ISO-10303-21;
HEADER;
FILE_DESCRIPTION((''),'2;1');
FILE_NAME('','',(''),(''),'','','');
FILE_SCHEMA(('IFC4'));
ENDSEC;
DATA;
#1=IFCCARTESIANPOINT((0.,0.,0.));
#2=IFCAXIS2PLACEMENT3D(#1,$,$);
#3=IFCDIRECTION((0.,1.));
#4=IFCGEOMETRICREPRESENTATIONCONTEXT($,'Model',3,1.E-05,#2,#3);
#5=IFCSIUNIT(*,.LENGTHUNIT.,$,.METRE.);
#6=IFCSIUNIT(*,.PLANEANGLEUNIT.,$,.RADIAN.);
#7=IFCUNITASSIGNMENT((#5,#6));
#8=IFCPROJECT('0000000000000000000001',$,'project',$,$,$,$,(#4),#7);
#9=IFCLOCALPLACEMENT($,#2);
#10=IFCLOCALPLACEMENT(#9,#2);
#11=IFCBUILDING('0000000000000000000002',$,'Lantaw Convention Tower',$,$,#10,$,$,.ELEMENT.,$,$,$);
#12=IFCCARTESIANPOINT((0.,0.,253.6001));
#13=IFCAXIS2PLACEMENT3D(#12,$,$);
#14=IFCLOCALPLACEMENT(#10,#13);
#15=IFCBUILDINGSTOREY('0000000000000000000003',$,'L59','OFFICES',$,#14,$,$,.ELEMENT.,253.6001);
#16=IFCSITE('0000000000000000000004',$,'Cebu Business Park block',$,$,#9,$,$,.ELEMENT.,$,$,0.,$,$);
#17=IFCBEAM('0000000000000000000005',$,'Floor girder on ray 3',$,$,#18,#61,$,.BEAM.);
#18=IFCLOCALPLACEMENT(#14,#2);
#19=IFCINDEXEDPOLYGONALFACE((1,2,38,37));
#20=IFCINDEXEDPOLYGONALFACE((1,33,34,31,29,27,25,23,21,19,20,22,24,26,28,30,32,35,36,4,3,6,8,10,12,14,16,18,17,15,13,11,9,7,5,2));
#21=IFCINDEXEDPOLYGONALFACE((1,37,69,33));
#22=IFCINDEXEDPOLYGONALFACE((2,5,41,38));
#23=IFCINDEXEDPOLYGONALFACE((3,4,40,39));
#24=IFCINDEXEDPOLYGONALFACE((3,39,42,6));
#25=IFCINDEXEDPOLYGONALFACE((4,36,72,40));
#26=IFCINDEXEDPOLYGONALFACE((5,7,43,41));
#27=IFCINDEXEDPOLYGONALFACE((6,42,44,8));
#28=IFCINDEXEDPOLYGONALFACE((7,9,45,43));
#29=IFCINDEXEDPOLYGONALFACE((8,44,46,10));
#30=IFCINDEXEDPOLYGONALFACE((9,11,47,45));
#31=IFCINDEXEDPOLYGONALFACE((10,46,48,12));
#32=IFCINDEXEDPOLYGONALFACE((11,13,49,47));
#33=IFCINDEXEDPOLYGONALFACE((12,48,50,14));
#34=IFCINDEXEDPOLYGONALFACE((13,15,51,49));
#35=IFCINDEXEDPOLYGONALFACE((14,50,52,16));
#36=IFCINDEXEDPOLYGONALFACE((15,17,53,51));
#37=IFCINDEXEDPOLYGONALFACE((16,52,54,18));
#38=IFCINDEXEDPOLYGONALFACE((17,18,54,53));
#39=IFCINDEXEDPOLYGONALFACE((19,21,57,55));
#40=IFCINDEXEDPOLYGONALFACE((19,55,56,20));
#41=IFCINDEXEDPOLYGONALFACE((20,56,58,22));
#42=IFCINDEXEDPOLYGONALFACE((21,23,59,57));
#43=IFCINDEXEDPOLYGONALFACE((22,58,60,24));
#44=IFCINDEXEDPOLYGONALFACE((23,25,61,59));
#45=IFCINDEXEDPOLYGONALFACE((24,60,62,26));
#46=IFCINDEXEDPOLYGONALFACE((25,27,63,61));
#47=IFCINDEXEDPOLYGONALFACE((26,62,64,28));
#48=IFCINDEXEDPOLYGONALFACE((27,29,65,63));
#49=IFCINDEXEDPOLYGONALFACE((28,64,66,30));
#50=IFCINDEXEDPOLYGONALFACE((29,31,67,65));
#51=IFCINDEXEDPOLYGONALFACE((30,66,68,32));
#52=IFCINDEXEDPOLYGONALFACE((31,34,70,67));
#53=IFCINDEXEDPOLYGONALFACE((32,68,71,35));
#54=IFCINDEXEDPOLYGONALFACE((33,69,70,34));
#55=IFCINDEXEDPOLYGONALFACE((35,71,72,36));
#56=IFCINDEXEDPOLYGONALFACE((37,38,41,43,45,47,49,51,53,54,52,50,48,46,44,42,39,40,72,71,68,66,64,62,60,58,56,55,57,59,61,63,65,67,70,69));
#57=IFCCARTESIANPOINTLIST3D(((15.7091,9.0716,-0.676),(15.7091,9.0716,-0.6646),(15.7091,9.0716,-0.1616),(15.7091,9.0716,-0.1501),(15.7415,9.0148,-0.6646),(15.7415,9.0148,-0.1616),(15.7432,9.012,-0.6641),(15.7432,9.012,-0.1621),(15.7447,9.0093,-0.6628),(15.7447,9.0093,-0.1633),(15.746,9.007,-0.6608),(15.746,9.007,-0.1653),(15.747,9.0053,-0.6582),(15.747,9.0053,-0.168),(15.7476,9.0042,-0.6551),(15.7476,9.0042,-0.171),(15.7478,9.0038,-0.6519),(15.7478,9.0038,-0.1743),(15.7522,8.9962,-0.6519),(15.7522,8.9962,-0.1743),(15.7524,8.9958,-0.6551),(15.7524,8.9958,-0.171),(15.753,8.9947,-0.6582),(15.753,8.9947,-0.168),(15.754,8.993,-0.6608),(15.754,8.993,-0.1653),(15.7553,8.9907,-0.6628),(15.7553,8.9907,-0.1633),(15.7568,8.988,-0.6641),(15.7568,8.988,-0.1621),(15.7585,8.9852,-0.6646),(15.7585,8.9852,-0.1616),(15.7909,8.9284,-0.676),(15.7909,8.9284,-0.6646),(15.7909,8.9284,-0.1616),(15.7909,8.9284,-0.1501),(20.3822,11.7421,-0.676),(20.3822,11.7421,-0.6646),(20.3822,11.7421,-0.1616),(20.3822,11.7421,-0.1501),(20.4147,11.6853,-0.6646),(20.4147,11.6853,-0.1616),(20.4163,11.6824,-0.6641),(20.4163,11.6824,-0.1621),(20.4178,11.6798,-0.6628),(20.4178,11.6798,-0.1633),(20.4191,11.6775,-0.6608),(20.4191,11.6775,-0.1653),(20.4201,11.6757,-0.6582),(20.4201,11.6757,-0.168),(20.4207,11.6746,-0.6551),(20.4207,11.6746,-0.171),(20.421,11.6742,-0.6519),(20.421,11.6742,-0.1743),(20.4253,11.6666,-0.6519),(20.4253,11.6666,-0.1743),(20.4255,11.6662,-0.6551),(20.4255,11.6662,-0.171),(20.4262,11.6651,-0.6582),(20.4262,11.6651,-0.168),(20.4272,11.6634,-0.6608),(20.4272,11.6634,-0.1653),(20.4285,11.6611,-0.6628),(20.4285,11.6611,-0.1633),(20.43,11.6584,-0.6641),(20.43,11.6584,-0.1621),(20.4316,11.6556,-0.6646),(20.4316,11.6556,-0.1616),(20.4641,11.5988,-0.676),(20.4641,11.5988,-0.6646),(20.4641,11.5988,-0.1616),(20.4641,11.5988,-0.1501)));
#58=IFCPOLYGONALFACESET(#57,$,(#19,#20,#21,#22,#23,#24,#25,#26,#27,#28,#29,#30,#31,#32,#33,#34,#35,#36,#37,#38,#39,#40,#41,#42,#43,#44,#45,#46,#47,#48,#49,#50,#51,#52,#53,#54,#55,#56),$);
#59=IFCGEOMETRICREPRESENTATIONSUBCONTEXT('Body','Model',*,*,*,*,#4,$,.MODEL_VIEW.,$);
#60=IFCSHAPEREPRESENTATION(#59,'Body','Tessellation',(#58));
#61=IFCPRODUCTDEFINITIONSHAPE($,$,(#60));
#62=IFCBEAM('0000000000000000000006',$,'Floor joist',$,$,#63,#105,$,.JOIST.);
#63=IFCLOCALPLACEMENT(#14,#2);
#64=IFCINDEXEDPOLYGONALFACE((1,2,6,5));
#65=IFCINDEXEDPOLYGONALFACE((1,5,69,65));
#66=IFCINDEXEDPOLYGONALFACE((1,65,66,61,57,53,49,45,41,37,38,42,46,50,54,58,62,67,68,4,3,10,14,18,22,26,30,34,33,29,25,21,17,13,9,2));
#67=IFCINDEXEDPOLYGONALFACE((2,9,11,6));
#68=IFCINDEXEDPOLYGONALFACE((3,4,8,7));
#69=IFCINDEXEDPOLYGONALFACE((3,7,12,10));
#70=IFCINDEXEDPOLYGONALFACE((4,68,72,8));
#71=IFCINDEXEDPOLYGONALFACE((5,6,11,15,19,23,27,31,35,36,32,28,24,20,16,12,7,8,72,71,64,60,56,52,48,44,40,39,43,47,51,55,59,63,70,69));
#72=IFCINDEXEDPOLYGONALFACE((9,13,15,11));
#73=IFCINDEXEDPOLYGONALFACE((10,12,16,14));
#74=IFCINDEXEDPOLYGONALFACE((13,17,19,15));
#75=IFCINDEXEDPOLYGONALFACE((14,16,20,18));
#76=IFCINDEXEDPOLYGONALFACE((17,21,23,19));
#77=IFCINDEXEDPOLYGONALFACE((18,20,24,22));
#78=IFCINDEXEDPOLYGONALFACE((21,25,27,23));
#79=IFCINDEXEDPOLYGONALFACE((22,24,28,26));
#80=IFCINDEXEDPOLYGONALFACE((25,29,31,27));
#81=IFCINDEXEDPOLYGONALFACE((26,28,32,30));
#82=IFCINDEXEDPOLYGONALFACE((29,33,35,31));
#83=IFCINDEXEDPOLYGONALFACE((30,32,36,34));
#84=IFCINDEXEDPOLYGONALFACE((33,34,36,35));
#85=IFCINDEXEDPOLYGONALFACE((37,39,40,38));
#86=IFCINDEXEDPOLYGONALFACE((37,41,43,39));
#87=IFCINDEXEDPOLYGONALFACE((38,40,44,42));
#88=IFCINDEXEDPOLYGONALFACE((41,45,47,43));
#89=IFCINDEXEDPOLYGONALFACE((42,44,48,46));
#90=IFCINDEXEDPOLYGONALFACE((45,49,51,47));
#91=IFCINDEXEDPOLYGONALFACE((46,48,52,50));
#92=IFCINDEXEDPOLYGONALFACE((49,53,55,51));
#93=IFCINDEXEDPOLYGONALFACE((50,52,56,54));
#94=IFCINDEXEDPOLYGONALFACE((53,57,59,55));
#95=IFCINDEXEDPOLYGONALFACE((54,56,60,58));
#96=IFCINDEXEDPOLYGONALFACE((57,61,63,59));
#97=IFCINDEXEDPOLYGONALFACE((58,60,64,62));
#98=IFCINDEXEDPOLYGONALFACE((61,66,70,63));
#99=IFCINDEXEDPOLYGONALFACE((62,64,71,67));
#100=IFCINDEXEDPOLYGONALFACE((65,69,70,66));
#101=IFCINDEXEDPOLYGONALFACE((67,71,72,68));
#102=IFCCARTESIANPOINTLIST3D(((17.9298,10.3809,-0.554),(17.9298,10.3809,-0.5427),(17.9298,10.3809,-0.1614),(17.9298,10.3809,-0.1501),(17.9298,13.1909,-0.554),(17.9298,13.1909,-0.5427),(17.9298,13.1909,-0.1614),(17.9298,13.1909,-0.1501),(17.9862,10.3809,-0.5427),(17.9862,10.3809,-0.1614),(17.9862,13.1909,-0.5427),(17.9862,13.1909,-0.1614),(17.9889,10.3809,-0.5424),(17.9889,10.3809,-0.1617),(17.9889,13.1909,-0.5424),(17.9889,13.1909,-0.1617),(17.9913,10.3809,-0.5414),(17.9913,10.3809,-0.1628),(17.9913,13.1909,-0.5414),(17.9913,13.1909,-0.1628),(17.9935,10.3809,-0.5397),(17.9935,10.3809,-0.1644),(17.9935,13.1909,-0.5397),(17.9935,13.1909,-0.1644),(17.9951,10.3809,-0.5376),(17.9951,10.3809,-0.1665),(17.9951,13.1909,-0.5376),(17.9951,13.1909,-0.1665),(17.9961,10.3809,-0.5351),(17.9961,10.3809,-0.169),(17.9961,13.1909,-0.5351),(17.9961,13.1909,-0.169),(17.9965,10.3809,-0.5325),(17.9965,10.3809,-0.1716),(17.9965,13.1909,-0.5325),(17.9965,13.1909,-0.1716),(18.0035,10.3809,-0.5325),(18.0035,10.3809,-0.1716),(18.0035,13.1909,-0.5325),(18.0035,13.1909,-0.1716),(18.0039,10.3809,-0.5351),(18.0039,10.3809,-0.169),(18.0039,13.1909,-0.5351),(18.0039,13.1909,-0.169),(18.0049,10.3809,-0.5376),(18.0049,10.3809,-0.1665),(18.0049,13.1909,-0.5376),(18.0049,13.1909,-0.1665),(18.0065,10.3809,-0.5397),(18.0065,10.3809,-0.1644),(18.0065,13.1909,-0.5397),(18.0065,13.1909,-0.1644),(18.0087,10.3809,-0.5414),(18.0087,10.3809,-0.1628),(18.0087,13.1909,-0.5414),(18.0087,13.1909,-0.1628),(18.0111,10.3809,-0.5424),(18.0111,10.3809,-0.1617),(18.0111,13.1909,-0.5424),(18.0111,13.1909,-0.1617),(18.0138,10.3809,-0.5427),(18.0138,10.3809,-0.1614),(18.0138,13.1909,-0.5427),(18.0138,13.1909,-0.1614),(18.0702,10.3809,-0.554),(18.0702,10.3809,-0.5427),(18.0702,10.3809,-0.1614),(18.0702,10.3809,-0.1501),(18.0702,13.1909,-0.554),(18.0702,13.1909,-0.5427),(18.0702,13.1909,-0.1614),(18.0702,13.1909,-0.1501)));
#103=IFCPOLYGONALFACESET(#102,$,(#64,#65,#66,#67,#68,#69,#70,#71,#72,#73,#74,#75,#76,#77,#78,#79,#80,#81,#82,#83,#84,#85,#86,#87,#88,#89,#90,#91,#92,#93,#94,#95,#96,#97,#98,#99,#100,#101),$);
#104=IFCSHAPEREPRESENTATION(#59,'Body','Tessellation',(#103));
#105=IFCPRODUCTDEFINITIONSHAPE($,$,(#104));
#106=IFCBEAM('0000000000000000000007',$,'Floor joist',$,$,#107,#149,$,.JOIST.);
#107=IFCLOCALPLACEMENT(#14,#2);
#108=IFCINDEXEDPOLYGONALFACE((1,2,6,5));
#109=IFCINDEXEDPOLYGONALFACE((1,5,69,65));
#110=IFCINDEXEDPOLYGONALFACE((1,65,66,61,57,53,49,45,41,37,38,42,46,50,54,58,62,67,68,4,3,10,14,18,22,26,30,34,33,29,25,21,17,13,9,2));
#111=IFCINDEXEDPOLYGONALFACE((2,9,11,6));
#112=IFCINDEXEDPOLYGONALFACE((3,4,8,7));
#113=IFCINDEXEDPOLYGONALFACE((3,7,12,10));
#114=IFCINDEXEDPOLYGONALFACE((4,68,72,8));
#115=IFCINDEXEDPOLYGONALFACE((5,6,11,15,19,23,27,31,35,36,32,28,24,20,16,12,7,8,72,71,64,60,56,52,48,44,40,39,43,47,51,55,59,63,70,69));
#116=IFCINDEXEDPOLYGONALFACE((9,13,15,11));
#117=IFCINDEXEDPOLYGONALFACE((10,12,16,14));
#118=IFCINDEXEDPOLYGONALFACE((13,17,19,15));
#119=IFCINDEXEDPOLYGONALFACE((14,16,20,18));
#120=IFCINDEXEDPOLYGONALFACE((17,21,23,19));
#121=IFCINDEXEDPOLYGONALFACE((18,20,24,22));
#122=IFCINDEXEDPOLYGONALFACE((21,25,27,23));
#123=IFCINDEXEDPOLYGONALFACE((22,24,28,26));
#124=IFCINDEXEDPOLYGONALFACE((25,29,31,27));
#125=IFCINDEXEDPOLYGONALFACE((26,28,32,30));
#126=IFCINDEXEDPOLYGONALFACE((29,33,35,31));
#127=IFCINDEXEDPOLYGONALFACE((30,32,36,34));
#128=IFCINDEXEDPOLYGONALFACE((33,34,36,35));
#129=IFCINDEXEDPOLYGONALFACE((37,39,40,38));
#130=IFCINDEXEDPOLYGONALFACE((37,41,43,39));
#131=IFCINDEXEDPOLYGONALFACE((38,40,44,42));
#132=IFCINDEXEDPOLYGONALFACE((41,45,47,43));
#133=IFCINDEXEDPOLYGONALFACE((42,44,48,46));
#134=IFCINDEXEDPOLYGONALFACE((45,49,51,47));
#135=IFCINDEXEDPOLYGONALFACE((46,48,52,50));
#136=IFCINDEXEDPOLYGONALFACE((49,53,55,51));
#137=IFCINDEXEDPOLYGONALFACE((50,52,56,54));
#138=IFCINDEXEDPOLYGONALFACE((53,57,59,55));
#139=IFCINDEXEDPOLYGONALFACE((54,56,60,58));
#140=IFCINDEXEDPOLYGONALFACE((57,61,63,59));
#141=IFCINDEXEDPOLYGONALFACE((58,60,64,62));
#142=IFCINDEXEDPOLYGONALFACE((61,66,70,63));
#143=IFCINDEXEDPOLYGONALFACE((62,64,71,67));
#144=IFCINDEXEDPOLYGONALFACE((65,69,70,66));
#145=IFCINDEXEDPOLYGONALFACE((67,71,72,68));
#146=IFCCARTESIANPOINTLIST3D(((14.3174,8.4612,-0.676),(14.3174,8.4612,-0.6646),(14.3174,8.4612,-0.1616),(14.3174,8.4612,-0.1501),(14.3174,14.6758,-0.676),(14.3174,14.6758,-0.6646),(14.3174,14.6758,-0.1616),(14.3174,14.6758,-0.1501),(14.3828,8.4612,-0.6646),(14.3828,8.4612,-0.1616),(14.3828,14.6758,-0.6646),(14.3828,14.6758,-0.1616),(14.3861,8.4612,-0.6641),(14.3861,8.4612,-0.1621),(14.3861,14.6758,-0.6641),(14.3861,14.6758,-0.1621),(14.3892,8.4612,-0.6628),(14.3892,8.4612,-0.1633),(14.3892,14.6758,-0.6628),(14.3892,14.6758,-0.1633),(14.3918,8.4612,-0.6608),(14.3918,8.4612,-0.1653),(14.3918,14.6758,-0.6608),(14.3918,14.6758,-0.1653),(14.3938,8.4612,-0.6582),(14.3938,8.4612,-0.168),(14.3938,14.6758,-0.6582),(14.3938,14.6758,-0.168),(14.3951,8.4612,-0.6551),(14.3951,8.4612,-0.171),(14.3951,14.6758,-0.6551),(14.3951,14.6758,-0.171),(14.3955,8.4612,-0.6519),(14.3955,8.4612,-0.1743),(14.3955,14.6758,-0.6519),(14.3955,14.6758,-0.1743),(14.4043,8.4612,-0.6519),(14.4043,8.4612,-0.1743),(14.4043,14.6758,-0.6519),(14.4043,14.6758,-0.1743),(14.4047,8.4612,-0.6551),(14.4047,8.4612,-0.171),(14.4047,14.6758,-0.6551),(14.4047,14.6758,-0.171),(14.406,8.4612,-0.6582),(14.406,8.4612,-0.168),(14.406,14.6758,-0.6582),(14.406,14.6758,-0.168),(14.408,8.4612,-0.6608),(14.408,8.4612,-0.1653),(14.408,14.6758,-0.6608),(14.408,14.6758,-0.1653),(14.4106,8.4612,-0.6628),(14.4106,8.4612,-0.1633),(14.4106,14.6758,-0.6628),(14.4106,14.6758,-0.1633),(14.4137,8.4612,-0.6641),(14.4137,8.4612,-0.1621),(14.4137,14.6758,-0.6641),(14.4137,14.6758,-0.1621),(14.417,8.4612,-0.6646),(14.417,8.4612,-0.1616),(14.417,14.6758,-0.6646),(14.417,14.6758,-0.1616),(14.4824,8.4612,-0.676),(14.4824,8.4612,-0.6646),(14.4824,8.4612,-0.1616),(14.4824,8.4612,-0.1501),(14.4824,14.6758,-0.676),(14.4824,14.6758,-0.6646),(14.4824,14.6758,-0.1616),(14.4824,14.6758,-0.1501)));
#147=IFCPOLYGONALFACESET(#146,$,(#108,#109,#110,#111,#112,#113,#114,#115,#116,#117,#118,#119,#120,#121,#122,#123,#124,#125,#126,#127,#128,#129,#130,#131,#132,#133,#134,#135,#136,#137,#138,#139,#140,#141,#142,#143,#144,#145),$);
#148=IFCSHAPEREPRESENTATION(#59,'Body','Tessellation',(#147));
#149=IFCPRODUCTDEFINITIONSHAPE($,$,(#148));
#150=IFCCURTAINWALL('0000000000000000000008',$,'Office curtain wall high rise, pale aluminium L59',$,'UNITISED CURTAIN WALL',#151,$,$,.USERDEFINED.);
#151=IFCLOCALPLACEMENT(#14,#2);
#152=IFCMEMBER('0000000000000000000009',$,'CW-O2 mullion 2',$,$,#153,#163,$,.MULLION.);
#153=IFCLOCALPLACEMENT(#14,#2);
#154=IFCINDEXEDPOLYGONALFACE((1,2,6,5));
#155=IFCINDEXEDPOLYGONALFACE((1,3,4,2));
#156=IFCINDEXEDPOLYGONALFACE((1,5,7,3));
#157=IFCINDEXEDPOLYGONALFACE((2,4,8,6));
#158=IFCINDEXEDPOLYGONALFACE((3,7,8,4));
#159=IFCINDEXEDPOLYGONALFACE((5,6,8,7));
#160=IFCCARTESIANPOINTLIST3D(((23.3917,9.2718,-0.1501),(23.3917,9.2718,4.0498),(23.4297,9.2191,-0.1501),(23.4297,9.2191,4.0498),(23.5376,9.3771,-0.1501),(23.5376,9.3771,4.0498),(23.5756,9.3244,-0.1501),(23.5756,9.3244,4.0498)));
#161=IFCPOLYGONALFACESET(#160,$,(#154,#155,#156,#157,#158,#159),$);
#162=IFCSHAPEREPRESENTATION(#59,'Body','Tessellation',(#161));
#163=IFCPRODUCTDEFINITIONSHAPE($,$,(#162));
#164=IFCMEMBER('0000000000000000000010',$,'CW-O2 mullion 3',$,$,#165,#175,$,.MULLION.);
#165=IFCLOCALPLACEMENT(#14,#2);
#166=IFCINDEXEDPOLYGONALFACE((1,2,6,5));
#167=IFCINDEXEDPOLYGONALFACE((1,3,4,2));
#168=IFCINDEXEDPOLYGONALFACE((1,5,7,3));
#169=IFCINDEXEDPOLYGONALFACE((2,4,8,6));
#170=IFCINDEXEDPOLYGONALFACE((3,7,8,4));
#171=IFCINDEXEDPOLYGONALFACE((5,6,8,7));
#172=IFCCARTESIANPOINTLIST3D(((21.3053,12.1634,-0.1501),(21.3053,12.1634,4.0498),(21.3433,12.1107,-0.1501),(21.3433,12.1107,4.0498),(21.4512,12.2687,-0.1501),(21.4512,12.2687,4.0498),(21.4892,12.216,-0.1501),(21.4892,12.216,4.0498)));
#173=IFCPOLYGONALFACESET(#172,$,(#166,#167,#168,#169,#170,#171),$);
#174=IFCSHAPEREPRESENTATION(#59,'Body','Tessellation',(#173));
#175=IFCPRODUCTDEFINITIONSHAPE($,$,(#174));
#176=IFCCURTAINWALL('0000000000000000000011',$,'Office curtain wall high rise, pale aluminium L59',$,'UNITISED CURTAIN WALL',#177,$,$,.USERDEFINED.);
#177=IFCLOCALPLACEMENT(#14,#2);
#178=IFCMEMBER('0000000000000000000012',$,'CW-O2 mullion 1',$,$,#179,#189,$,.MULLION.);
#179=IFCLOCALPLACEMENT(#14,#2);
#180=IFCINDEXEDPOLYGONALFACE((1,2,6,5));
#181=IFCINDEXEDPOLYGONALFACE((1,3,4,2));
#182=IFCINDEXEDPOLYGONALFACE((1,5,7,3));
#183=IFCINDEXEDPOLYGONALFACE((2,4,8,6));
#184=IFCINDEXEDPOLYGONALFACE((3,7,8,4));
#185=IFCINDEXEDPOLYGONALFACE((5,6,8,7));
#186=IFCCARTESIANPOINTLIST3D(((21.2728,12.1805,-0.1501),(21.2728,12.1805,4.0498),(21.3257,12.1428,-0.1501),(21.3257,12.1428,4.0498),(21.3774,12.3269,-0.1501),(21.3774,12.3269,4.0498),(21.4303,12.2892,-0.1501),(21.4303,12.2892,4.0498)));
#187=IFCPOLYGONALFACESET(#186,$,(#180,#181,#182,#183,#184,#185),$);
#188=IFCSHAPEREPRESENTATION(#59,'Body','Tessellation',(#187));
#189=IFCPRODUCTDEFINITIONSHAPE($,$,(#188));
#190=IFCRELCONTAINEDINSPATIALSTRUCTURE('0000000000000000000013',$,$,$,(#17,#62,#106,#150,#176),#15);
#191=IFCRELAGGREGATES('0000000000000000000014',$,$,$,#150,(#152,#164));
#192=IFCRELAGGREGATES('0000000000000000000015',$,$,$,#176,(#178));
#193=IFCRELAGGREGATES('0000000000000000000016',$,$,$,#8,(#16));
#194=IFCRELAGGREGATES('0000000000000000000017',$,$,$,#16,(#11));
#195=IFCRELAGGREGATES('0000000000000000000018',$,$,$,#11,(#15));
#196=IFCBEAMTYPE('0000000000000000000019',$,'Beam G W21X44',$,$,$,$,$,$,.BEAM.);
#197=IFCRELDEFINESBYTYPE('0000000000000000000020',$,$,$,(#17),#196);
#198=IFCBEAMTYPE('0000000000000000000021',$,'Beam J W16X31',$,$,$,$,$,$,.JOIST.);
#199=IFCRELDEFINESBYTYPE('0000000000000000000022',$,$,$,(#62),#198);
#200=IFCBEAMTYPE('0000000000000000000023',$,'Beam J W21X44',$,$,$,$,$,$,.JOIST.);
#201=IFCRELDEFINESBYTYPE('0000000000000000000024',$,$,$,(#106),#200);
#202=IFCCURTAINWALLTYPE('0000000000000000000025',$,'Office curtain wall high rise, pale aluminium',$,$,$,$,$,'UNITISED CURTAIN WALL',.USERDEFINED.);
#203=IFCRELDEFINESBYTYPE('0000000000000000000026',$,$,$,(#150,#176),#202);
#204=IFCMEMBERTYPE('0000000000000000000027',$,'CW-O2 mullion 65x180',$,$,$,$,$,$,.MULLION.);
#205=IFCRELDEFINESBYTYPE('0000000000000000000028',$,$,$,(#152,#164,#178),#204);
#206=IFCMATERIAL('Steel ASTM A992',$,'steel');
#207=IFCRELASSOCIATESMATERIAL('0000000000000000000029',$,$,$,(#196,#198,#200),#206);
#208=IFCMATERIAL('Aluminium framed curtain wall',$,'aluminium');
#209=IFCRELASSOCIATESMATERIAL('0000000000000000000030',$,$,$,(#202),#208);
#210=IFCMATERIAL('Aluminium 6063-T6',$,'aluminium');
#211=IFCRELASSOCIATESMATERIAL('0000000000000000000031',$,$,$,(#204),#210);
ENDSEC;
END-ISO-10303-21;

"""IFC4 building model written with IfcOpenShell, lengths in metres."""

from ifc_helpers import new_model, si_unit, direction, frame, origin, origin_2d, place, context, subcontext, project, spatial, rectangle, i_section, extrude, material, material_profile, profile_set, type_object, element, aggregate, save


model = new_model("IFC4")

# Units and contexts
model_context = context("Model", 3, precision=1e-05, world=origin(), true_north=direction((0.0, 1.0)))
body_context = subcontext(model_context, "Body", "Model", "MODEL_VIEW")
ifc_project = project(units=[si_unit("LENGTHUNIT", "METRE"), si_unit("PLANEANGLEUNIT", "RADIAN")], contexts=[model_context])

# Site, building, storey
site_placement = place(None, origin())
site = spatial("IfcSite", under=ifc_project, at=site_placement, Name="Cebu Business Park block", CompositionType="ELEMENT", RefElevation=0.0)
building_placement = place(site_placement, origin())
building = spatial("IfcBuilding", under=site, at=building_placement, Name="Lantaw Convention Tower", CompositionType="ELEMENT")
storey_placement = place(building_placement, frame((0.0, 0.0, 253.6001)))
storey = spatial("IfcBuildingStorey", under=building, at=storey_placement, Name="L59", Description="OFFICES", CompositionType="ELEMENT", Elevation=253.6001)

# Beams
ifc_material_1 = material(Name="Steel ASTM A992", Category="steel")
ifc_material_profile_1 = material_profile(ifc_material_1, i_section(OverallWidth=0.165, OverallDepth=0.5259, WebThickness=0.0088, FlangeThickness=0.0115, FilletRadius=0.0127, at=origin_2d()), Name="W21X44")
ifc_profile_set_1 = profile_set([ifc_material_profile_1], Name="Steel ASTM A992")
beam_type_1 = type_object("IfcBeamType", Name="Beam G W21X44", PredefinedType="BEAM", material=ifc_profile_set_1)
beam_1_placement = place(storey_placement, frame((15.75, 9.0, -0.4131), z_axis=(0.868238, 0.496149, 0.0), x_axis=(-0.496149, 0.868238, 0.0)))
element("IfcBeam", 1, at=beam_1_placement, inside=storey, type_object=beam_type_1, Name="Floor girder on ray 3", PredefinedType="BEAM", context=body_context, shape_type="SweptSolid", body=[
    extrude(i_section(OverallWidth=0.165, OverallDepth=0.5259, WebThickness=0.0088, FlangeThickness=0.0115, FilletRadius=0.0127, at=origin_2d()), origin(), (0.0, 0.0, 1.0), 5.3823),
])
ifc_material_profile_2 = material_profile(ifc_material_1, i_section(OverallWidth=0.1404, OverallDepth=0.4038, WebThickness=0.0071, FlangeThickness=0.0112, FilletRadius=0.0103, at=origin_2d()), Name="W16X31")
ifc_profile_set_2 = profile_set([ifc_material_profile_2], Name="Steel ASTM A992")
beam_type_2 = type_object("IfcBeamType", Name="Beam J W16X31", PredefinedType="JOIST", material=ifc_profile_set_2)
beam_2_placement = place(storey_placement, frame((18.0, 10.3809, -0.3521), z_axis=(0.0, 1.0, 0.0), x_axis=(-1.0, 0.0, 0.0)))
element("IfcBeam", 2, at=beam_2_placement, inside=storey, type_object=beam_type_2, Name="Floor joist", PredefinedType="JOIST", context=body_context, shape_type="SweptSolid", body=[
    extrude(i_section(OverallWidth=0.1404, OverallDepth=0.4038, WebThickness=0.0071, FlangeThickness=0.0112, FilletRadius=0.0103, at=origin_2d()), origin(), (0.0, 0.0, 1.0), 2.8101),
])
ifc_material_profile_3 = material_profile(ifc_material_1, i_section(OverallWidth=0.165, OverallDepth=0.5259, WebThickness=0.0088, FlangeThickness=0.0115, FilletRadius=0.0127, at=origin_2d()), Name="W21X44")
ifc_profile_set_3 = profile_set([ifc_material_profile_3], Name="Steel ASTM A992")
beam_type_3 = type_object("IfcBeamType", Name="Beam J W21X44", PredefinedType="JOIST", material=ifc_profile_set_3)
beam_3_placement = place(storey_placement, frame((14.3999, 8.4612, -0.4131), z_axis=(0.0, 1.0, 0.0), x_axis=(-1.0, 0.0, 0.0)))
element("IfcBeam", 3, at=beam_3_placement, inside=storey, type_object=beam_type_3, Name="Floor joist", PredefinedType="JOIST", context=body_context, shape_type="SweptSolid", body=[
    extrude(i_section(OverallWidth=0.165, OverallDepth=0.5259, WebThickness=0.0088, FlangeThickness=0.0115, FilletRadius=0.0127, at=origin_2d()), origin(), (0.0, 0.0, 1.0), 6.2146),
])

# Curtain walls, members
ifc_material_2 = material(Name="Aluminium framed curtain wall", Category="aluminium")
curtain_wall_type = type_object("IfcCurtainWallType", Name="Office curtain wall high rise, pale aluminium", ElementType="UNITISED CURTAIN WALL", PredefinedType="USERDEFINED", material=ifc_material_2)
curtain_wall_1_placement = place(storey_placement, origin())
curtain_wall_1 = element("IfcCurtainWall", 4, at=curtain_wall_1_placement, inside=storey, type_object=curtain_wall_type, Name="Office curtain wall high rise, pale aluminium L59", ObjectType="UNITISED CURTAIN WALL", PredefinedType="USERDEFINED")
ifc_material_3 = material(Name="Aluminium 6063-T6", Category="aluminium")
ifc_material_profile_4 = material_profile(ifc_material_3, rectangle(XDim=0.1799, YDim=0.0649, at=origin_2d()), Name="CW-O2 mullion 65x180")
ifc_profile_set_4 = profile_set([ifc_material_profile_4], Name="Aluminium 6063-T6")
member_type_1 = type_object("IfcMemberType", Name="CW-O2 mullion 65x180", PredefinedType="MULLION", material=ifc_profile_set_4)
member_1_placement = place(storey_placement, frame((23.4836, 9.2981, -0.1501), z_axis=(0.0, 0.0, 1.0), x_axis=(-0.81092, -0.585158, 0.0)))
member_1 = element("IfcMember", 5, at=member_1_placement, type_object=member_type_1, Name="CW-O2 mullion 2", PredefinedType="MULLION", context=body_context, shape_type="SweptSolid", body=[
    extrude(rectangle(XDim=0.1799, YDim=0.0649, at=origin_2d()), origin(), (0.0, 0.0, 1.0), 4.2),
])
member_2_placement = place(storey_placement, frame((21.3972, 12.1897, -0.1501), z_axis=(0.0, 0.0, 1.0), x_axis=(-0.81092, -0.585158, 0.0)))
member_2 = element("IfcMember", 6, at=member_2_placement, type_object=member_type_1, Name="CW-O2 mullion 3", PredefinedType="MULLION", context=body_context, shape_type="SweptSolid", body=[
    extrude(rectangle(XDim=0.1799, YDim=0.0649, at=origin_2d()), origin(), (0.0, 0.0, 1.0), 4.2),
])
curtain_wall_2_placement = place(storey_placement, origin())
curtain_wall_2 = element("IfcCurtainWall", 7, at=curtain_wall_2_placement, inside=storey, type_object=curtain_wall_type, Name="Office curtain wall high rise, pale aluminium L59", ObjectType="UNITISED CURTAIN WALL", PredefinedType="USERDEFINED")
member_3_placement = place(storey_placement, frame((21.3516, 12.2349, -0.1501), z_axis=(0.0, 0.0, 1.0), x_axis=(-0.581323, -0.813673, 0.0)))
member_3 = element("IfcMember", 8, at=member_3_placement, type_object=member_type_1, Name="CW-O2 mullion 1", PredefinedType="MULLION", context=body_context, shape_type="SweptSolid", body=[
    extrude(rectangle(XDim=0.1799, YDim=0.0649, at=origin_2d()), origin(), (0.0, 0.0, 1.0), 4.2),
])

aggregate(curtain_wall_1, [member_1, member_2])
aggregate(curtain_wall_2, [member_3])

save(model, "model.ifc")
